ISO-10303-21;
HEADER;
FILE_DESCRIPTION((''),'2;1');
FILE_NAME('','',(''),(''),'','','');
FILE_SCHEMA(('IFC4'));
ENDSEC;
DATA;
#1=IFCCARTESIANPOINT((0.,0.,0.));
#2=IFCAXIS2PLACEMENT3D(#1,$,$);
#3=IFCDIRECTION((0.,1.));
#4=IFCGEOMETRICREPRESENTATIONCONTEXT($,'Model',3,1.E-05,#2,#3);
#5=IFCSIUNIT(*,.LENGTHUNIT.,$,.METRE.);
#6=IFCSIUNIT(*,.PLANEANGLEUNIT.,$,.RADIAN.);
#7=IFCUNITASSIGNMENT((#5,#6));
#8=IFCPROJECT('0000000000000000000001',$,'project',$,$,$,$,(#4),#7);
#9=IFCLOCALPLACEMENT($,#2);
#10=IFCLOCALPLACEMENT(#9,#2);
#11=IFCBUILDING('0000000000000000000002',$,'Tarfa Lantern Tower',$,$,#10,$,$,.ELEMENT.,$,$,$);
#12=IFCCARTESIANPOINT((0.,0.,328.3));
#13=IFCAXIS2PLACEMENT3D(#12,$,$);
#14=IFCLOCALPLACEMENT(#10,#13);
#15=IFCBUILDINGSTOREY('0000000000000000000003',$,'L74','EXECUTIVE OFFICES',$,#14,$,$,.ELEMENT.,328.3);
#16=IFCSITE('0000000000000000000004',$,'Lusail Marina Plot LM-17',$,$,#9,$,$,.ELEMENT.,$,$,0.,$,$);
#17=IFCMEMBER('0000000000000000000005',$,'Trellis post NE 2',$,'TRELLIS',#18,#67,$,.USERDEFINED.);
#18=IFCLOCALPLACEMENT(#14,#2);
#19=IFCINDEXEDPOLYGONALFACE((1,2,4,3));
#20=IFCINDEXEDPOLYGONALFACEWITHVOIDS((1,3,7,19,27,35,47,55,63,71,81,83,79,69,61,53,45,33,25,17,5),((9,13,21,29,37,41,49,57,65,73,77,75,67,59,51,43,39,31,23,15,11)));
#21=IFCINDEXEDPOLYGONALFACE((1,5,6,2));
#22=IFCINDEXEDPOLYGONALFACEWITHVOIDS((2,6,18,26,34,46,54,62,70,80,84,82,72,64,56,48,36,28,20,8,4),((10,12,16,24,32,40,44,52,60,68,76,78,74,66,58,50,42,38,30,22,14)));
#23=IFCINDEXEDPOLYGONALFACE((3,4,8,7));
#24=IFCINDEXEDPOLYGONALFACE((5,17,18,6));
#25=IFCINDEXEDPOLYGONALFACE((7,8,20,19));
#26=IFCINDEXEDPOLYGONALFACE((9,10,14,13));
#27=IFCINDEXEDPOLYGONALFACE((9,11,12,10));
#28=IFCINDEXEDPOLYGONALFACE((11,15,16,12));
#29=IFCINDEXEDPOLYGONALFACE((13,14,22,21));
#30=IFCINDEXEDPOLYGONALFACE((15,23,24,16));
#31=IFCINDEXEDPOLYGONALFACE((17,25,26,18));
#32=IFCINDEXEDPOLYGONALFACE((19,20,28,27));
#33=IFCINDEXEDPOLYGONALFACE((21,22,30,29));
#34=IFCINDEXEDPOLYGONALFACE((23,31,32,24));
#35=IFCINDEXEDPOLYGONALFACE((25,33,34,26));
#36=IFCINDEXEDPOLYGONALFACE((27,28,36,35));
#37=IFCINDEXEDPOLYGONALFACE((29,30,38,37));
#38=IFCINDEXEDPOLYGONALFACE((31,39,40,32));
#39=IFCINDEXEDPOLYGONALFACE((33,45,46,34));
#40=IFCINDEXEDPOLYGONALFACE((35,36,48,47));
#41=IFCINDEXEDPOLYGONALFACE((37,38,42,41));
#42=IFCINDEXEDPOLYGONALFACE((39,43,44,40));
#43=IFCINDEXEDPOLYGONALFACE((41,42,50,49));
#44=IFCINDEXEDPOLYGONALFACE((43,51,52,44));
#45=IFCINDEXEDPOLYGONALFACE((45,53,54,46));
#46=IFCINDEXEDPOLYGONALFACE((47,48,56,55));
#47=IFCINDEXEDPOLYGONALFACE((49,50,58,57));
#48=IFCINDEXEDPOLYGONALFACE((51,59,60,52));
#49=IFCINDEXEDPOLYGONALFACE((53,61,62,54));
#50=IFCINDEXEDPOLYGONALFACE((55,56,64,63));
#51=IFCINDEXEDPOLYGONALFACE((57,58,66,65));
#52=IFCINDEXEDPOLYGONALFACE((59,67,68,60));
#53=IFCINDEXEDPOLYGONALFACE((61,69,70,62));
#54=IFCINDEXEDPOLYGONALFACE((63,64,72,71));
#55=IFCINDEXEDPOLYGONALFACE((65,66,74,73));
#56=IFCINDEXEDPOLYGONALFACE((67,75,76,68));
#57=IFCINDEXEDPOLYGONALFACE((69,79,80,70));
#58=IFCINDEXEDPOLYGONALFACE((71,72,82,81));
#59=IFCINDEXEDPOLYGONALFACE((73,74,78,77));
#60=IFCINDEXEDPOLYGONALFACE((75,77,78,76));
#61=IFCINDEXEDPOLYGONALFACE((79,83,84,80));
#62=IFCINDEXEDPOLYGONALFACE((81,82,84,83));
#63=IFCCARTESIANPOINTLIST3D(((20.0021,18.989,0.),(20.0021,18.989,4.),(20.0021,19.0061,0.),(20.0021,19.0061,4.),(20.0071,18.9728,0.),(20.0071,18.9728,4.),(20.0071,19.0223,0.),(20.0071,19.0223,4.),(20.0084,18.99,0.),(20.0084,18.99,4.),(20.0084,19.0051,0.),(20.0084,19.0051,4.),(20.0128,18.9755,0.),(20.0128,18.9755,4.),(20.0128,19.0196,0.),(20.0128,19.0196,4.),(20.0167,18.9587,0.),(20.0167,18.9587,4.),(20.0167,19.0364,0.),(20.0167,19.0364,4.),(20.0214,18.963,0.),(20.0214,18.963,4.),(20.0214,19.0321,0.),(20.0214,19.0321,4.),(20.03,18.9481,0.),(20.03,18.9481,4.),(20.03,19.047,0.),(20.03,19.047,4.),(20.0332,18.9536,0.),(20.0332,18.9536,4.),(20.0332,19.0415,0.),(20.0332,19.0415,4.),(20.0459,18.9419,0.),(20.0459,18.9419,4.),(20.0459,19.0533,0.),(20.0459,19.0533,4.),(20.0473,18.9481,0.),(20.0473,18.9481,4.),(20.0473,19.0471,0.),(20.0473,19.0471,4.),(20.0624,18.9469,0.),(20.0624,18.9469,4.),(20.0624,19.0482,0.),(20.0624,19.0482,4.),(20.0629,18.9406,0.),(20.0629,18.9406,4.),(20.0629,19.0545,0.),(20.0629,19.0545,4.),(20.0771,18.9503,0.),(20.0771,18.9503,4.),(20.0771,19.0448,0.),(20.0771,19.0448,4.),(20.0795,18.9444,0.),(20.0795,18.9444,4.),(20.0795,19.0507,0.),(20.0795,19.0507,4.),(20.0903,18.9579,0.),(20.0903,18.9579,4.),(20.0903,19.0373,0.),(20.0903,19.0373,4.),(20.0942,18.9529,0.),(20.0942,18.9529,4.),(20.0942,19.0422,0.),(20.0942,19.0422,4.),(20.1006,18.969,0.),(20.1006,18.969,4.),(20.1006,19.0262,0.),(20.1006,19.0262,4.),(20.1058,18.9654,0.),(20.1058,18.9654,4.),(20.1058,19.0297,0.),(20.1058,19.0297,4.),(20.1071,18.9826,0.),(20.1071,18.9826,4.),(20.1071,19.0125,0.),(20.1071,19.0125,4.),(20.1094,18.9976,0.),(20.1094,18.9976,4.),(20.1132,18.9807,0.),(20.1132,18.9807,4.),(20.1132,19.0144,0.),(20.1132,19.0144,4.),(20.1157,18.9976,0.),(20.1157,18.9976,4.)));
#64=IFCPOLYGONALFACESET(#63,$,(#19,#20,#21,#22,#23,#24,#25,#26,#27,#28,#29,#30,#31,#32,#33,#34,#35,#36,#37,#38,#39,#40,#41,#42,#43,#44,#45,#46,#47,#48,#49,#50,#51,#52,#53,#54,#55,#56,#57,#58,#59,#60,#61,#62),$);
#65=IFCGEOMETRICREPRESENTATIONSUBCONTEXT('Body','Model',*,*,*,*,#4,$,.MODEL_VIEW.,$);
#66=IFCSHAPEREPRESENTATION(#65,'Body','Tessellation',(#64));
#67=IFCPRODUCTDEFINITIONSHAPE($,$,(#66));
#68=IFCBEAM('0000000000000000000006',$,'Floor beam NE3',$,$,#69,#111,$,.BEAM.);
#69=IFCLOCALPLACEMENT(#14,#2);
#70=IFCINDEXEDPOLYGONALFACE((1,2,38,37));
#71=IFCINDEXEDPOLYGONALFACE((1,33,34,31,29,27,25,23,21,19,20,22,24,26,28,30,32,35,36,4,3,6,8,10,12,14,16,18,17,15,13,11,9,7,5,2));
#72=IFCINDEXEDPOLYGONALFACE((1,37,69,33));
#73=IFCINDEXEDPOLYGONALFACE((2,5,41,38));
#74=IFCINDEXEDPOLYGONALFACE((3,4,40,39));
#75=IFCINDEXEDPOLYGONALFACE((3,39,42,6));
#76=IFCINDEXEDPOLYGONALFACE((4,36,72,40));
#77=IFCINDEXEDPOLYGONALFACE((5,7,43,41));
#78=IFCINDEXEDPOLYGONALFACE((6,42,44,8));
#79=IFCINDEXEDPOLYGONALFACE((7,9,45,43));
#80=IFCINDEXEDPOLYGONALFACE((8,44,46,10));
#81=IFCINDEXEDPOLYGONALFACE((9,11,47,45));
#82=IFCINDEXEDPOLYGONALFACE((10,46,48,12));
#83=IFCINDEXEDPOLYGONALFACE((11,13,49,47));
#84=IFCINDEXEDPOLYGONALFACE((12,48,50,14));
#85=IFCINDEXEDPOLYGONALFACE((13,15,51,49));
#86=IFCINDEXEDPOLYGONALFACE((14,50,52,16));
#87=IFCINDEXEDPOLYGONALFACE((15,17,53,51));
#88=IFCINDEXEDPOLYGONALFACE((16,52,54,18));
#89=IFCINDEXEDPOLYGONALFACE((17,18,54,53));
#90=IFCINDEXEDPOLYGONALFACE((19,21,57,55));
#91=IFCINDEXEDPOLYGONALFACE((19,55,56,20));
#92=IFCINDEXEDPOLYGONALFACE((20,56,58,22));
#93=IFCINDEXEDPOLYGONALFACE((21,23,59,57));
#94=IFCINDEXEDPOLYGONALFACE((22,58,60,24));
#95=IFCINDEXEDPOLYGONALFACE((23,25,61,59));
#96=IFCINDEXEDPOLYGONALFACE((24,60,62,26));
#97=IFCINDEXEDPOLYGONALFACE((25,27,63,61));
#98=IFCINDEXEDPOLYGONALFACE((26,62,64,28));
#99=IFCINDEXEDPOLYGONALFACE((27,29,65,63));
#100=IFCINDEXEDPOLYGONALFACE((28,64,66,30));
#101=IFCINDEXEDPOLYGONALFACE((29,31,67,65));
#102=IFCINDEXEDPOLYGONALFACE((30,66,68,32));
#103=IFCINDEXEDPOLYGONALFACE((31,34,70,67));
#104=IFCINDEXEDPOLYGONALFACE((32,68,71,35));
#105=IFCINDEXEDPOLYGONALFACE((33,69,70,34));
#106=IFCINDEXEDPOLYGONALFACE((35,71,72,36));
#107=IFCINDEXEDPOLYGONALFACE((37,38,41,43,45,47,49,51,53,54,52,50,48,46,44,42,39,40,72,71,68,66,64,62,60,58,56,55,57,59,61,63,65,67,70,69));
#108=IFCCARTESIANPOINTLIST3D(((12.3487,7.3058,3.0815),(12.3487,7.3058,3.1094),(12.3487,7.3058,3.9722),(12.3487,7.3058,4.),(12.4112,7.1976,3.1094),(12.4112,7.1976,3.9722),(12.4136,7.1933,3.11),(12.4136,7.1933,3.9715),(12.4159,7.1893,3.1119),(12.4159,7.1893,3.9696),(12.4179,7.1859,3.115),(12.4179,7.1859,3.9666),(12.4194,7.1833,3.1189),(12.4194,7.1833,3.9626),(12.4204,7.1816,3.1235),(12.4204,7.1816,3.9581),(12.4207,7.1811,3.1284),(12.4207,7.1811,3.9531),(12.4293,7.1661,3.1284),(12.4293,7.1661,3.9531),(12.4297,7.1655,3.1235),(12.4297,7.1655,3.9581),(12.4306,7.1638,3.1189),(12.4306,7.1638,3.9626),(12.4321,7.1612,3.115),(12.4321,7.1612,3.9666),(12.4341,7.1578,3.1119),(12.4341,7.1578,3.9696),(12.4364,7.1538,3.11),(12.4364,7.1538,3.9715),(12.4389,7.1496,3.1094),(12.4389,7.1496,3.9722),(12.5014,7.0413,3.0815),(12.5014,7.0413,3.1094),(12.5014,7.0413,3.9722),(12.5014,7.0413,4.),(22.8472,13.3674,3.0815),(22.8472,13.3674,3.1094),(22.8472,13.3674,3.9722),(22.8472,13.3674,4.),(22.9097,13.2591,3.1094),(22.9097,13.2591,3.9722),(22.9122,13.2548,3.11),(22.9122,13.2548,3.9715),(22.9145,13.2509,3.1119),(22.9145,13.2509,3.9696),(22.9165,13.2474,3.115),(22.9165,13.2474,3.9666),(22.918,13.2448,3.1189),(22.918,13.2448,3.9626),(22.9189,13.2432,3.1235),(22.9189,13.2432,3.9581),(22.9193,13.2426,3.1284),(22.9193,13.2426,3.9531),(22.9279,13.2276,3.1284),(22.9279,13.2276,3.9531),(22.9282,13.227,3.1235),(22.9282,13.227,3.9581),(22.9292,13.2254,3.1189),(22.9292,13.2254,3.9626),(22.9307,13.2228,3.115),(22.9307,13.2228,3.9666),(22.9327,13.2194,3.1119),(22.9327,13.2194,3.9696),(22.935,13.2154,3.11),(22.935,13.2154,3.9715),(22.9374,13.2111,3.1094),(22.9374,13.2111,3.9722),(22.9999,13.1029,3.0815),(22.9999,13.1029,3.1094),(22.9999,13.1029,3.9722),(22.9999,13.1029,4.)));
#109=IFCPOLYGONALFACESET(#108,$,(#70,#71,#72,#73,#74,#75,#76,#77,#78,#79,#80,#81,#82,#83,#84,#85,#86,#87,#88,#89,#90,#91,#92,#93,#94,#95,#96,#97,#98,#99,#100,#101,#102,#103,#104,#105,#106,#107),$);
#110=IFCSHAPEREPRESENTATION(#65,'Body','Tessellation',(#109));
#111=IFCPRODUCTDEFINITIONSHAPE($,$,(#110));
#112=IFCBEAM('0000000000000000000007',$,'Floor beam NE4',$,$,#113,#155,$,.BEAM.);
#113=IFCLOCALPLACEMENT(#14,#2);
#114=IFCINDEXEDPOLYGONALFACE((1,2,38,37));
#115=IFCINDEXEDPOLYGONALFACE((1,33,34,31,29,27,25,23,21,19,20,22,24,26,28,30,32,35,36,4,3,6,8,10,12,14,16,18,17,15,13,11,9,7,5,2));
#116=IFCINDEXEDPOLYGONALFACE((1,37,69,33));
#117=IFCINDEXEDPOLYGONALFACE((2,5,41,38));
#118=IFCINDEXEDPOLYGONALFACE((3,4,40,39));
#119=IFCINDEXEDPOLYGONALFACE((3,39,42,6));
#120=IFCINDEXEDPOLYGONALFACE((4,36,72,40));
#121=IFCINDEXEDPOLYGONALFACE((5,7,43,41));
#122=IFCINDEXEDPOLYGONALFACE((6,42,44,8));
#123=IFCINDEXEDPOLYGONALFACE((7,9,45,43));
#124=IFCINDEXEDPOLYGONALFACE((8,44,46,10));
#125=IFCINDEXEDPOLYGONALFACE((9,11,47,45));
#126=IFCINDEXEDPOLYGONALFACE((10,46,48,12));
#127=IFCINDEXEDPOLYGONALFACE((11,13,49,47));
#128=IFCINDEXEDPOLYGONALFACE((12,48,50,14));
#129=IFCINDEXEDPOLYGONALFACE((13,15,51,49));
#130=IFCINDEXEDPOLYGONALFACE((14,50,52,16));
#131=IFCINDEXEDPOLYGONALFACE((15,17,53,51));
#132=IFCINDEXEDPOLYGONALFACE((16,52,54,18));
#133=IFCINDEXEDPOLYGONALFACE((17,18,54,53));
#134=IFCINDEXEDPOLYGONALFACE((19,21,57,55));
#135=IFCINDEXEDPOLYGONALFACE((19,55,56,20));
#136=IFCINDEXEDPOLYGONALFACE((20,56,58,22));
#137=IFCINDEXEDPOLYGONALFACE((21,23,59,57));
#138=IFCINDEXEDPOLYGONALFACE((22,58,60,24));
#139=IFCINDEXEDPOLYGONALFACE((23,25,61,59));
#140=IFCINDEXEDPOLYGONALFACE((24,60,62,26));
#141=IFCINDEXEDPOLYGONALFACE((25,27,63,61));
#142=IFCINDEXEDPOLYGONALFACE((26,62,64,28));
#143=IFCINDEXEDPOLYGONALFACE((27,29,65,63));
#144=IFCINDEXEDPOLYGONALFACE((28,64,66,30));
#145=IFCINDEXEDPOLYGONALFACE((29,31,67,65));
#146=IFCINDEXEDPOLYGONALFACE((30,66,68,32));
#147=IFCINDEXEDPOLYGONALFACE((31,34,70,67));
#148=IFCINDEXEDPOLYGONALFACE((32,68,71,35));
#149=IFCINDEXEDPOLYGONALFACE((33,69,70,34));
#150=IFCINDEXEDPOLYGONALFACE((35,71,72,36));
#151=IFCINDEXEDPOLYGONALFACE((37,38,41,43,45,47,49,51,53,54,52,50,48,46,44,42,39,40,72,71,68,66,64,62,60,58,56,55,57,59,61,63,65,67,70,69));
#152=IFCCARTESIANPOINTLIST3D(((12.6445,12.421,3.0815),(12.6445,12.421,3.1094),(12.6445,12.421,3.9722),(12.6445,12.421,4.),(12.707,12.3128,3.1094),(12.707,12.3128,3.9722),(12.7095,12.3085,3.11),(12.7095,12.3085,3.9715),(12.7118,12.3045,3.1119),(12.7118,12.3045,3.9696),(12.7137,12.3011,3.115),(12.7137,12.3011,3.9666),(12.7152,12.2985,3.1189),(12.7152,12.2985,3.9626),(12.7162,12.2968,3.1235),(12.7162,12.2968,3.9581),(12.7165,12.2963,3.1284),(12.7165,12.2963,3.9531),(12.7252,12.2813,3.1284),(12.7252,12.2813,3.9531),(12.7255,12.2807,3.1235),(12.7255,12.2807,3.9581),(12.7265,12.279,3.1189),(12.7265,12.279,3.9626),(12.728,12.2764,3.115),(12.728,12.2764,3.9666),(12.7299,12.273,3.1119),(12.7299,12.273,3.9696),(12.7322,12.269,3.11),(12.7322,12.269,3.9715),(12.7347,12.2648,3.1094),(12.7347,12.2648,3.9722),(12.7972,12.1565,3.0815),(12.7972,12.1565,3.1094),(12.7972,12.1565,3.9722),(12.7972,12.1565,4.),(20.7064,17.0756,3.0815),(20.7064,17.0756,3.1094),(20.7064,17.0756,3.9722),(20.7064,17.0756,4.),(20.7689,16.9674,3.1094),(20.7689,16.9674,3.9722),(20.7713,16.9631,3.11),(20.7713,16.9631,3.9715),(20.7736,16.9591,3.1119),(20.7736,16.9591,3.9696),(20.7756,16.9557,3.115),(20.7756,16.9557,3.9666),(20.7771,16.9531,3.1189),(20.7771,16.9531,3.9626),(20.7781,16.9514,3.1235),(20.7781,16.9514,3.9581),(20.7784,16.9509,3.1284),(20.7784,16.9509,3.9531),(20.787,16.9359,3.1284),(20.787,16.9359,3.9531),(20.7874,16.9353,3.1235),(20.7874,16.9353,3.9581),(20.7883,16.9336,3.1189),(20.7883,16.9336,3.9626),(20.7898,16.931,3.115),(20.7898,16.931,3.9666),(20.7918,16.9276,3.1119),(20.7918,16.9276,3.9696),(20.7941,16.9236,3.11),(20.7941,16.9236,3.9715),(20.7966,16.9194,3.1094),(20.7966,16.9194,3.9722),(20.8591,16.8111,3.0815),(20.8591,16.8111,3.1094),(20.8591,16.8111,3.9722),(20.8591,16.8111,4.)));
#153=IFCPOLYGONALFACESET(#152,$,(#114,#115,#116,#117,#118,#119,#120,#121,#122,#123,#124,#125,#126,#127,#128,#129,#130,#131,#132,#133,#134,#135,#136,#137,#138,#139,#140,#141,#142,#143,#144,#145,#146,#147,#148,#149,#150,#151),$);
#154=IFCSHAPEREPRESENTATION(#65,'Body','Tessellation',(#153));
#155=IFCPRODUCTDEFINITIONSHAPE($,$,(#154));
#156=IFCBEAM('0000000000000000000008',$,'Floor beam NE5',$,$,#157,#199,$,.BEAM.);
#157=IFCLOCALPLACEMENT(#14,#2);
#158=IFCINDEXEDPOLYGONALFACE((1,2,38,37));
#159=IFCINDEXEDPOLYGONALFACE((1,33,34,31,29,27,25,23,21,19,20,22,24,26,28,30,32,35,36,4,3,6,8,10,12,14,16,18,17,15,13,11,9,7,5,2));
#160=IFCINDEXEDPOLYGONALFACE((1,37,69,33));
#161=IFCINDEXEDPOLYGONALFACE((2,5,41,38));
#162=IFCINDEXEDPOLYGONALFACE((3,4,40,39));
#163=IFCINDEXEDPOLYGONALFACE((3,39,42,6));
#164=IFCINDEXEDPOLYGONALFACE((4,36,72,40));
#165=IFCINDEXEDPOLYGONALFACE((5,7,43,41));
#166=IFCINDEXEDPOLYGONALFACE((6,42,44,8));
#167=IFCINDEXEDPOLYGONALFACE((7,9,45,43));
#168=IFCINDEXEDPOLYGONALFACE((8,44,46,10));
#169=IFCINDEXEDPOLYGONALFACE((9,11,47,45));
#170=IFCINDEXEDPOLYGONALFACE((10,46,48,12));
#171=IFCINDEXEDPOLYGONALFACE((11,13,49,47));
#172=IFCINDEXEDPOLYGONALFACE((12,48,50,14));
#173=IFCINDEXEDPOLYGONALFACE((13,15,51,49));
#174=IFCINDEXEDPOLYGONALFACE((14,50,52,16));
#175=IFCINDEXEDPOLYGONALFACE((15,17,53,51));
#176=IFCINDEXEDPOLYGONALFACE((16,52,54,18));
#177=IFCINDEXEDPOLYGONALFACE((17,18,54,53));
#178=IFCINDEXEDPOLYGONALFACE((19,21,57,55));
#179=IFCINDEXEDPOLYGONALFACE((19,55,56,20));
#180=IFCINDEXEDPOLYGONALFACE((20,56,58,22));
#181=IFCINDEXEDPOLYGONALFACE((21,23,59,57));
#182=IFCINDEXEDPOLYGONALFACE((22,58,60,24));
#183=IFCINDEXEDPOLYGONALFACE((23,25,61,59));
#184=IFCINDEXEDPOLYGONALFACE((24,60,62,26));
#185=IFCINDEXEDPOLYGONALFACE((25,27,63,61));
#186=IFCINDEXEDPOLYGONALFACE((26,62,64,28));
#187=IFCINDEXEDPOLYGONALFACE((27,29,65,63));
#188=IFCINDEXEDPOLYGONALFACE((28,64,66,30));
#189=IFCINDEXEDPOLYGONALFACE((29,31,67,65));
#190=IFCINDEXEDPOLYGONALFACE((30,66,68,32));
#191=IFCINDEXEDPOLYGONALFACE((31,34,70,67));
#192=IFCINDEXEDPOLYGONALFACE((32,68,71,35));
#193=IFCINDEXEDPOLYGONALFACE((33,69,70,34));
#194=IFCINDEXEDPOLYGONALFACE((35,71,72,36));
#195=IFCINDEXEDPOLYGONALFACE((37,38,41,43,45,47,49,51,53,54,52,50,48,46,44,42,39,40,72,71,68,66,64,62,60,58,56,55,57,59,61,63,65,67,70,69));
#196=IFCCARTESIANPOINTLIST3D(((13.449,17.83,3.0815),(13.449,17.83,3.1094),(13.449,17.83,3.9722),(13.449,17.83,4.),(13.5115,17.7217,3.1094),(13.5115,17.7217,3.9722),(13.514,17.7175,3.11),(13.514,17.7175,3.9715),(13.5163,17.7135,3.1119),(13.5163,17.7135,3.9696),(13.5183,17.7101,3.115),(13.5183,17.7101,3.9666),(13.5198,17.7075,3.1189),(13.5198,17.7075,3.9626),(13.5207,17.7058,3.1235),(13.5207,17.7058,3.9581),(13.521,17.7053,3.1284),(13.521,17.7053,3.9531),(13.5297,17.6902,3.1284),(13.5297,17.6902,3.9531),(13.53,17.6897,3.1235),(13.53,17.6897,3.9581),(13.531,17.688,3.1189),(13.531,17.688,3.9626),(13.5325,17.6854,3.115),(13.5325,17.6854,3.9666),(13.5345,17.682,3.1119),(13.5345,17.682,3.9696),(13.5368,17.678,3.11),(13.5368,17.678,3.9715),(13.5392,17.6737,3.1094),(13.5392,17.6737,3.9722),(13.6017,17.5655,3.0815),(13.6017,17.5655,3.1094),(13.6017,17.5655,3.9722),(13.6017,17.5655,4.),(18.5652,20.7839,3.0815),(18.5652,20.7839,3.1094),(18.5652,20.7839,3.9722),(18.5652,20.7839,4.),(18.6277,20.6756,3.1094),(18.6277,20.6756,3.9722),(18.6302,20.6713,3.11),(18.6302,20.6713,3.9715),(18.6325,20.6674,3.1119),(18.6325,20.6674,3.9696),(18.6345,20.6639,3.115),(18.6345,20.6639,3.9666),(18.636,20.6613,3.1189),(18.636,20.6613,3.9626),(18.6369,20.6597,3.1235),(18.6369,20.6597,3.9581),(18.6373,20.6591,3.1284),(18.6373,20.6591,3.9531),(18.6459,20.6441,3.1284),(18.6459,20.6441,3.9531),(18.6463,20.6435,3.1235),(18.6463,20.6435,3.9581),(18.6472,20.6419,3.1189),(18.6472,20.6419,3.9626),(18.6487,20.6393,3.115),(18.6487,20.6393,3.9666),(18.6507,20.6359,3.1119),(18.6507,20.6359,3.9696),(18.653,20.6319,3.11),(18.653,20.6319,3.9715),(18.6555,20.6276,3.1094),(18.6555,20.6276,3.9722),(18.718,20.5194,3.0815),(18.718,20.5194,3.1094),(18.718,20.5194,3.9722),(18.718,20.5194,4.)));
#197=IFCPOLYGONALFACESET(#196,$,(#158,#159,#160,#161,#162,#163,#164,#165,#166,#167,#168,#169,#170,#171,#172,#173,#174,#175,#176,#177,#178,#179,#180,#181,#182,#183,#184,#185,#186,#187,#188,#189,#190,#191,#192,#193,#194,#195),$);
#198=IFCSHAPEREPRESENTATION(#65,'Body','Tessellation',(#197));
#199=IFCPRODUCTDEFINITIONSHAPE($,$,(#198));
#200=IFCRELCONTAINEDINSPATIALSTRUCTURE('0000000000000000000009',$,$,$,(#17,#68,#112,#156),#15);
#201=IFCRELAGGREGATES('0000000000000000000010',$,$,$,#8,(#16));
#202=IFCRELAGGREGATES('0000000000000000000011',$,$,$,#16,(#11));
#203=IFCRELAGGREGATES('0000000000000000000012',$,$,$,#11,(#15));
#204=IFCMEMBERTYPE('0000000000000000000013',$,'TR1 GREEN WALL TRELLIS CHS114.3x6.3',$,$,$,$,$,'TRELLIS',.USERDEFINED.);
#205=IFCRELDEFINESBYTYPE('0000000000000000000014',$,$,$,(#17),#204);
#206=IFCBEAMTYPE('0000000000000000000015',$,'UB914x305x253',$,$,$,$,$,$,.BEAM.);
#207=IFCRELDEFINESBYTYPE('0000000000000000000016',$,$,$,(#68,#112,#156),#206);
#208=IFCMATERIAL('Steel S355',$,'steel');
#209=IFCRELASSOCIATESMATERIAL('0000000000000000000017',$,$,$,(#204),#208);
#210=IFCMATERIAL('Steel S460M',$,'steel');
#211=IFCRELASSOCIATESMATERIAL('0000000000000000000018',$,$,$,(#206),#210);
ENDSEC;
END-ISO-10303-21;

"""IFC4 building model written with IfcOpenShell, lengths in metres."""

from ifc_helpers import new_model, si_unit, direction, frame, origin, origin_2d, place, context, subcontext, project, spatial, hollow_circle, i_section, extrude, material, material_profile, profile_set, type_object, element, save


model = new_model("IFC4")

# Units and contexts
model_context = context("Model", 3, precision=1e-05, world=origin(), true_north=direction((0.0, 1.0)))
body_context = subcontext(model_context, "Body", "Model", "MODEL_VIEW")
ifc_project = project(units=[si_unit("LENGTHUNIT", "METRE"), si_unit("PLANEANGLEUNIT", "RADIAN")], contexts=[model_context])

# Site, building, storey
site_placement = place(None, origin())
site = spatial("IfcSite", under=ifc_project, at=site_placement, Name="Lusail Marina Plot LM-17", CompositionType="ELEMENT", RefElevation=0.0)
building_placement = place(site_placement, origin())
building = spatial("IfcBuilding", under=site, at=building_placement, Name="Tarfa Lantern Tower", CompositionType="ELEMENT")
storey_placement = place(building_placement, frame((0.0, 0.0, 328.3)))
storey = spatial("IfcBuildingStorey", under=building, at=storey_placement, Name="L74", Description="EXECUTIVE OFFICES", CompositionType="ELEMENT", Elevation=328.3)

# Member
ifc_material_1 = material(Name="Steel S355", Category="steel")
ifc_material_profile_1 = material_profile(ifc_material_1, hollow_circle(Radius=0.0571, WallThickness=0.0063, at=origin_2d()), Name="CHS114.3x6.3")
ifc_profile_set_1 = profile_set([ifc_material_profile_1], Name="Steel S355")
member_type_1 = type_object("IfcMemberType", Name="TR1 GREEN WALL TRELLIS CHS114.3x6.3", ElementType="TRELLIS", PredefinedType="USERDEFINED", material=ifc_profile_set_1)
member_1_placement = place(storey_placement, frame((20.0586, 18.9976, 0.0), z_axis=(0.0, 0.0, 1.0), x_axis=(1.0, 0.0, 0.0)))
element("IfcMember", 1, at=member_1_placement, inside=storey, type_object=member_type_1, Name="Trellis post NE 2", ObjectType="TRELLIS", PredefinedType="USERDEFINED", context=body_context, shape_type="SweptSolid", body=[
    extrude(hollow_circle(Radius=0.0571, WallThickness=0.0063, at=origin_2d()), origin(), (0.0, 0.0, 1.0), 4.0),
])

# Beams
ifc_material_2 = material(Name="Steel S460M", Category="steel")
ifc_material_profile_2 = material_profile(ifc_material_2, i_section(OverallWidth=0.3054, OverallDepth=0.9185, WebThickness=0.0173, FlangeThickness=0.0278, FilletRadius=0.019, at=origin_2d()), Name="UB914x305x253")
ifc_profile_set_2 = profile_set([ifc_material_profile_2], Name="Steel S460M")
beam_type_1 = type_object("IfcBeamType", Name="UB914x305x253", PredefinedType="BEAM", material=ifc_profile_set_2)
beam_1_placement = place(storey_placement, frame((22.9236, 13.2351, 3.5408), z_axis=(-0.866019, -0.500012, 0.0), x_axis=(0.500012, -0.866019, 0.0)))
element("IfcBeam", 2, at=beam_1_placement, inside=storey, type_object=beam_type_1, Name="Floor beam NE3", PredefinedType="BEAM", context=body_context, shape_type="SweptSolid", body=[
    extrude(i_section(OverallWidth=0.3054, OverallDepth=0.9185, WebThickness=0.0173, FlangeThickness=0.0278, FilletRadius=0.019, at=origin_2d()), origin(), (0.0, 0.0, 1.0), 12.1228),
])
beam_2_placement = place(storey_placement, frame((20.7827, 16.9434, 3.5408), z_axis=(-0.866022, -0.500006, 0.0), x_axis=(0.500006, -0.866022, 0.0)))
element("IfcBeam", 3, at=beam_2_placement, inside=storey, type_object=beam_type_1, Name="Floor beam NE4", PredefinedType="BEAM", context=body_context, shape_type="SweptSolid", body=[
    extrude(i_section(OverallWidth=0.3054, OverallDepth=0.9185, WebThickness=0.0173, FlangeThickness=0.0278, FilletRadius=0.019, at=origin_2d()), origin(), (0.0, 0.0, 1.0), 9.3091),
])
beam_3_placement = place(storey_placement, frame((18.6416, 20.6516, 3.5408), z_axis=(-0.866025, -0.500001, 0.0), x_axis=(0.500001, -0.866025, 0.0)))
element("IfcBeam", 4, at=beam_3_placement, inside=storey, type_object=beam_type_1, Name="Floor beam NE5", PredefinedType="BEAM", context=body_context, shape_type="SweptSolid", body=[
    extrude(i_section(OverallWidth=0.3054, OverallDepth=0.9185, WebThickness=0.0173, FlangeThickness=0.0278, FilletRadius=0.019, at=origin_2d()), origin(), (0.0, 0.0, 1.0), 5.9077),
])

save(model, "model.ifc")
